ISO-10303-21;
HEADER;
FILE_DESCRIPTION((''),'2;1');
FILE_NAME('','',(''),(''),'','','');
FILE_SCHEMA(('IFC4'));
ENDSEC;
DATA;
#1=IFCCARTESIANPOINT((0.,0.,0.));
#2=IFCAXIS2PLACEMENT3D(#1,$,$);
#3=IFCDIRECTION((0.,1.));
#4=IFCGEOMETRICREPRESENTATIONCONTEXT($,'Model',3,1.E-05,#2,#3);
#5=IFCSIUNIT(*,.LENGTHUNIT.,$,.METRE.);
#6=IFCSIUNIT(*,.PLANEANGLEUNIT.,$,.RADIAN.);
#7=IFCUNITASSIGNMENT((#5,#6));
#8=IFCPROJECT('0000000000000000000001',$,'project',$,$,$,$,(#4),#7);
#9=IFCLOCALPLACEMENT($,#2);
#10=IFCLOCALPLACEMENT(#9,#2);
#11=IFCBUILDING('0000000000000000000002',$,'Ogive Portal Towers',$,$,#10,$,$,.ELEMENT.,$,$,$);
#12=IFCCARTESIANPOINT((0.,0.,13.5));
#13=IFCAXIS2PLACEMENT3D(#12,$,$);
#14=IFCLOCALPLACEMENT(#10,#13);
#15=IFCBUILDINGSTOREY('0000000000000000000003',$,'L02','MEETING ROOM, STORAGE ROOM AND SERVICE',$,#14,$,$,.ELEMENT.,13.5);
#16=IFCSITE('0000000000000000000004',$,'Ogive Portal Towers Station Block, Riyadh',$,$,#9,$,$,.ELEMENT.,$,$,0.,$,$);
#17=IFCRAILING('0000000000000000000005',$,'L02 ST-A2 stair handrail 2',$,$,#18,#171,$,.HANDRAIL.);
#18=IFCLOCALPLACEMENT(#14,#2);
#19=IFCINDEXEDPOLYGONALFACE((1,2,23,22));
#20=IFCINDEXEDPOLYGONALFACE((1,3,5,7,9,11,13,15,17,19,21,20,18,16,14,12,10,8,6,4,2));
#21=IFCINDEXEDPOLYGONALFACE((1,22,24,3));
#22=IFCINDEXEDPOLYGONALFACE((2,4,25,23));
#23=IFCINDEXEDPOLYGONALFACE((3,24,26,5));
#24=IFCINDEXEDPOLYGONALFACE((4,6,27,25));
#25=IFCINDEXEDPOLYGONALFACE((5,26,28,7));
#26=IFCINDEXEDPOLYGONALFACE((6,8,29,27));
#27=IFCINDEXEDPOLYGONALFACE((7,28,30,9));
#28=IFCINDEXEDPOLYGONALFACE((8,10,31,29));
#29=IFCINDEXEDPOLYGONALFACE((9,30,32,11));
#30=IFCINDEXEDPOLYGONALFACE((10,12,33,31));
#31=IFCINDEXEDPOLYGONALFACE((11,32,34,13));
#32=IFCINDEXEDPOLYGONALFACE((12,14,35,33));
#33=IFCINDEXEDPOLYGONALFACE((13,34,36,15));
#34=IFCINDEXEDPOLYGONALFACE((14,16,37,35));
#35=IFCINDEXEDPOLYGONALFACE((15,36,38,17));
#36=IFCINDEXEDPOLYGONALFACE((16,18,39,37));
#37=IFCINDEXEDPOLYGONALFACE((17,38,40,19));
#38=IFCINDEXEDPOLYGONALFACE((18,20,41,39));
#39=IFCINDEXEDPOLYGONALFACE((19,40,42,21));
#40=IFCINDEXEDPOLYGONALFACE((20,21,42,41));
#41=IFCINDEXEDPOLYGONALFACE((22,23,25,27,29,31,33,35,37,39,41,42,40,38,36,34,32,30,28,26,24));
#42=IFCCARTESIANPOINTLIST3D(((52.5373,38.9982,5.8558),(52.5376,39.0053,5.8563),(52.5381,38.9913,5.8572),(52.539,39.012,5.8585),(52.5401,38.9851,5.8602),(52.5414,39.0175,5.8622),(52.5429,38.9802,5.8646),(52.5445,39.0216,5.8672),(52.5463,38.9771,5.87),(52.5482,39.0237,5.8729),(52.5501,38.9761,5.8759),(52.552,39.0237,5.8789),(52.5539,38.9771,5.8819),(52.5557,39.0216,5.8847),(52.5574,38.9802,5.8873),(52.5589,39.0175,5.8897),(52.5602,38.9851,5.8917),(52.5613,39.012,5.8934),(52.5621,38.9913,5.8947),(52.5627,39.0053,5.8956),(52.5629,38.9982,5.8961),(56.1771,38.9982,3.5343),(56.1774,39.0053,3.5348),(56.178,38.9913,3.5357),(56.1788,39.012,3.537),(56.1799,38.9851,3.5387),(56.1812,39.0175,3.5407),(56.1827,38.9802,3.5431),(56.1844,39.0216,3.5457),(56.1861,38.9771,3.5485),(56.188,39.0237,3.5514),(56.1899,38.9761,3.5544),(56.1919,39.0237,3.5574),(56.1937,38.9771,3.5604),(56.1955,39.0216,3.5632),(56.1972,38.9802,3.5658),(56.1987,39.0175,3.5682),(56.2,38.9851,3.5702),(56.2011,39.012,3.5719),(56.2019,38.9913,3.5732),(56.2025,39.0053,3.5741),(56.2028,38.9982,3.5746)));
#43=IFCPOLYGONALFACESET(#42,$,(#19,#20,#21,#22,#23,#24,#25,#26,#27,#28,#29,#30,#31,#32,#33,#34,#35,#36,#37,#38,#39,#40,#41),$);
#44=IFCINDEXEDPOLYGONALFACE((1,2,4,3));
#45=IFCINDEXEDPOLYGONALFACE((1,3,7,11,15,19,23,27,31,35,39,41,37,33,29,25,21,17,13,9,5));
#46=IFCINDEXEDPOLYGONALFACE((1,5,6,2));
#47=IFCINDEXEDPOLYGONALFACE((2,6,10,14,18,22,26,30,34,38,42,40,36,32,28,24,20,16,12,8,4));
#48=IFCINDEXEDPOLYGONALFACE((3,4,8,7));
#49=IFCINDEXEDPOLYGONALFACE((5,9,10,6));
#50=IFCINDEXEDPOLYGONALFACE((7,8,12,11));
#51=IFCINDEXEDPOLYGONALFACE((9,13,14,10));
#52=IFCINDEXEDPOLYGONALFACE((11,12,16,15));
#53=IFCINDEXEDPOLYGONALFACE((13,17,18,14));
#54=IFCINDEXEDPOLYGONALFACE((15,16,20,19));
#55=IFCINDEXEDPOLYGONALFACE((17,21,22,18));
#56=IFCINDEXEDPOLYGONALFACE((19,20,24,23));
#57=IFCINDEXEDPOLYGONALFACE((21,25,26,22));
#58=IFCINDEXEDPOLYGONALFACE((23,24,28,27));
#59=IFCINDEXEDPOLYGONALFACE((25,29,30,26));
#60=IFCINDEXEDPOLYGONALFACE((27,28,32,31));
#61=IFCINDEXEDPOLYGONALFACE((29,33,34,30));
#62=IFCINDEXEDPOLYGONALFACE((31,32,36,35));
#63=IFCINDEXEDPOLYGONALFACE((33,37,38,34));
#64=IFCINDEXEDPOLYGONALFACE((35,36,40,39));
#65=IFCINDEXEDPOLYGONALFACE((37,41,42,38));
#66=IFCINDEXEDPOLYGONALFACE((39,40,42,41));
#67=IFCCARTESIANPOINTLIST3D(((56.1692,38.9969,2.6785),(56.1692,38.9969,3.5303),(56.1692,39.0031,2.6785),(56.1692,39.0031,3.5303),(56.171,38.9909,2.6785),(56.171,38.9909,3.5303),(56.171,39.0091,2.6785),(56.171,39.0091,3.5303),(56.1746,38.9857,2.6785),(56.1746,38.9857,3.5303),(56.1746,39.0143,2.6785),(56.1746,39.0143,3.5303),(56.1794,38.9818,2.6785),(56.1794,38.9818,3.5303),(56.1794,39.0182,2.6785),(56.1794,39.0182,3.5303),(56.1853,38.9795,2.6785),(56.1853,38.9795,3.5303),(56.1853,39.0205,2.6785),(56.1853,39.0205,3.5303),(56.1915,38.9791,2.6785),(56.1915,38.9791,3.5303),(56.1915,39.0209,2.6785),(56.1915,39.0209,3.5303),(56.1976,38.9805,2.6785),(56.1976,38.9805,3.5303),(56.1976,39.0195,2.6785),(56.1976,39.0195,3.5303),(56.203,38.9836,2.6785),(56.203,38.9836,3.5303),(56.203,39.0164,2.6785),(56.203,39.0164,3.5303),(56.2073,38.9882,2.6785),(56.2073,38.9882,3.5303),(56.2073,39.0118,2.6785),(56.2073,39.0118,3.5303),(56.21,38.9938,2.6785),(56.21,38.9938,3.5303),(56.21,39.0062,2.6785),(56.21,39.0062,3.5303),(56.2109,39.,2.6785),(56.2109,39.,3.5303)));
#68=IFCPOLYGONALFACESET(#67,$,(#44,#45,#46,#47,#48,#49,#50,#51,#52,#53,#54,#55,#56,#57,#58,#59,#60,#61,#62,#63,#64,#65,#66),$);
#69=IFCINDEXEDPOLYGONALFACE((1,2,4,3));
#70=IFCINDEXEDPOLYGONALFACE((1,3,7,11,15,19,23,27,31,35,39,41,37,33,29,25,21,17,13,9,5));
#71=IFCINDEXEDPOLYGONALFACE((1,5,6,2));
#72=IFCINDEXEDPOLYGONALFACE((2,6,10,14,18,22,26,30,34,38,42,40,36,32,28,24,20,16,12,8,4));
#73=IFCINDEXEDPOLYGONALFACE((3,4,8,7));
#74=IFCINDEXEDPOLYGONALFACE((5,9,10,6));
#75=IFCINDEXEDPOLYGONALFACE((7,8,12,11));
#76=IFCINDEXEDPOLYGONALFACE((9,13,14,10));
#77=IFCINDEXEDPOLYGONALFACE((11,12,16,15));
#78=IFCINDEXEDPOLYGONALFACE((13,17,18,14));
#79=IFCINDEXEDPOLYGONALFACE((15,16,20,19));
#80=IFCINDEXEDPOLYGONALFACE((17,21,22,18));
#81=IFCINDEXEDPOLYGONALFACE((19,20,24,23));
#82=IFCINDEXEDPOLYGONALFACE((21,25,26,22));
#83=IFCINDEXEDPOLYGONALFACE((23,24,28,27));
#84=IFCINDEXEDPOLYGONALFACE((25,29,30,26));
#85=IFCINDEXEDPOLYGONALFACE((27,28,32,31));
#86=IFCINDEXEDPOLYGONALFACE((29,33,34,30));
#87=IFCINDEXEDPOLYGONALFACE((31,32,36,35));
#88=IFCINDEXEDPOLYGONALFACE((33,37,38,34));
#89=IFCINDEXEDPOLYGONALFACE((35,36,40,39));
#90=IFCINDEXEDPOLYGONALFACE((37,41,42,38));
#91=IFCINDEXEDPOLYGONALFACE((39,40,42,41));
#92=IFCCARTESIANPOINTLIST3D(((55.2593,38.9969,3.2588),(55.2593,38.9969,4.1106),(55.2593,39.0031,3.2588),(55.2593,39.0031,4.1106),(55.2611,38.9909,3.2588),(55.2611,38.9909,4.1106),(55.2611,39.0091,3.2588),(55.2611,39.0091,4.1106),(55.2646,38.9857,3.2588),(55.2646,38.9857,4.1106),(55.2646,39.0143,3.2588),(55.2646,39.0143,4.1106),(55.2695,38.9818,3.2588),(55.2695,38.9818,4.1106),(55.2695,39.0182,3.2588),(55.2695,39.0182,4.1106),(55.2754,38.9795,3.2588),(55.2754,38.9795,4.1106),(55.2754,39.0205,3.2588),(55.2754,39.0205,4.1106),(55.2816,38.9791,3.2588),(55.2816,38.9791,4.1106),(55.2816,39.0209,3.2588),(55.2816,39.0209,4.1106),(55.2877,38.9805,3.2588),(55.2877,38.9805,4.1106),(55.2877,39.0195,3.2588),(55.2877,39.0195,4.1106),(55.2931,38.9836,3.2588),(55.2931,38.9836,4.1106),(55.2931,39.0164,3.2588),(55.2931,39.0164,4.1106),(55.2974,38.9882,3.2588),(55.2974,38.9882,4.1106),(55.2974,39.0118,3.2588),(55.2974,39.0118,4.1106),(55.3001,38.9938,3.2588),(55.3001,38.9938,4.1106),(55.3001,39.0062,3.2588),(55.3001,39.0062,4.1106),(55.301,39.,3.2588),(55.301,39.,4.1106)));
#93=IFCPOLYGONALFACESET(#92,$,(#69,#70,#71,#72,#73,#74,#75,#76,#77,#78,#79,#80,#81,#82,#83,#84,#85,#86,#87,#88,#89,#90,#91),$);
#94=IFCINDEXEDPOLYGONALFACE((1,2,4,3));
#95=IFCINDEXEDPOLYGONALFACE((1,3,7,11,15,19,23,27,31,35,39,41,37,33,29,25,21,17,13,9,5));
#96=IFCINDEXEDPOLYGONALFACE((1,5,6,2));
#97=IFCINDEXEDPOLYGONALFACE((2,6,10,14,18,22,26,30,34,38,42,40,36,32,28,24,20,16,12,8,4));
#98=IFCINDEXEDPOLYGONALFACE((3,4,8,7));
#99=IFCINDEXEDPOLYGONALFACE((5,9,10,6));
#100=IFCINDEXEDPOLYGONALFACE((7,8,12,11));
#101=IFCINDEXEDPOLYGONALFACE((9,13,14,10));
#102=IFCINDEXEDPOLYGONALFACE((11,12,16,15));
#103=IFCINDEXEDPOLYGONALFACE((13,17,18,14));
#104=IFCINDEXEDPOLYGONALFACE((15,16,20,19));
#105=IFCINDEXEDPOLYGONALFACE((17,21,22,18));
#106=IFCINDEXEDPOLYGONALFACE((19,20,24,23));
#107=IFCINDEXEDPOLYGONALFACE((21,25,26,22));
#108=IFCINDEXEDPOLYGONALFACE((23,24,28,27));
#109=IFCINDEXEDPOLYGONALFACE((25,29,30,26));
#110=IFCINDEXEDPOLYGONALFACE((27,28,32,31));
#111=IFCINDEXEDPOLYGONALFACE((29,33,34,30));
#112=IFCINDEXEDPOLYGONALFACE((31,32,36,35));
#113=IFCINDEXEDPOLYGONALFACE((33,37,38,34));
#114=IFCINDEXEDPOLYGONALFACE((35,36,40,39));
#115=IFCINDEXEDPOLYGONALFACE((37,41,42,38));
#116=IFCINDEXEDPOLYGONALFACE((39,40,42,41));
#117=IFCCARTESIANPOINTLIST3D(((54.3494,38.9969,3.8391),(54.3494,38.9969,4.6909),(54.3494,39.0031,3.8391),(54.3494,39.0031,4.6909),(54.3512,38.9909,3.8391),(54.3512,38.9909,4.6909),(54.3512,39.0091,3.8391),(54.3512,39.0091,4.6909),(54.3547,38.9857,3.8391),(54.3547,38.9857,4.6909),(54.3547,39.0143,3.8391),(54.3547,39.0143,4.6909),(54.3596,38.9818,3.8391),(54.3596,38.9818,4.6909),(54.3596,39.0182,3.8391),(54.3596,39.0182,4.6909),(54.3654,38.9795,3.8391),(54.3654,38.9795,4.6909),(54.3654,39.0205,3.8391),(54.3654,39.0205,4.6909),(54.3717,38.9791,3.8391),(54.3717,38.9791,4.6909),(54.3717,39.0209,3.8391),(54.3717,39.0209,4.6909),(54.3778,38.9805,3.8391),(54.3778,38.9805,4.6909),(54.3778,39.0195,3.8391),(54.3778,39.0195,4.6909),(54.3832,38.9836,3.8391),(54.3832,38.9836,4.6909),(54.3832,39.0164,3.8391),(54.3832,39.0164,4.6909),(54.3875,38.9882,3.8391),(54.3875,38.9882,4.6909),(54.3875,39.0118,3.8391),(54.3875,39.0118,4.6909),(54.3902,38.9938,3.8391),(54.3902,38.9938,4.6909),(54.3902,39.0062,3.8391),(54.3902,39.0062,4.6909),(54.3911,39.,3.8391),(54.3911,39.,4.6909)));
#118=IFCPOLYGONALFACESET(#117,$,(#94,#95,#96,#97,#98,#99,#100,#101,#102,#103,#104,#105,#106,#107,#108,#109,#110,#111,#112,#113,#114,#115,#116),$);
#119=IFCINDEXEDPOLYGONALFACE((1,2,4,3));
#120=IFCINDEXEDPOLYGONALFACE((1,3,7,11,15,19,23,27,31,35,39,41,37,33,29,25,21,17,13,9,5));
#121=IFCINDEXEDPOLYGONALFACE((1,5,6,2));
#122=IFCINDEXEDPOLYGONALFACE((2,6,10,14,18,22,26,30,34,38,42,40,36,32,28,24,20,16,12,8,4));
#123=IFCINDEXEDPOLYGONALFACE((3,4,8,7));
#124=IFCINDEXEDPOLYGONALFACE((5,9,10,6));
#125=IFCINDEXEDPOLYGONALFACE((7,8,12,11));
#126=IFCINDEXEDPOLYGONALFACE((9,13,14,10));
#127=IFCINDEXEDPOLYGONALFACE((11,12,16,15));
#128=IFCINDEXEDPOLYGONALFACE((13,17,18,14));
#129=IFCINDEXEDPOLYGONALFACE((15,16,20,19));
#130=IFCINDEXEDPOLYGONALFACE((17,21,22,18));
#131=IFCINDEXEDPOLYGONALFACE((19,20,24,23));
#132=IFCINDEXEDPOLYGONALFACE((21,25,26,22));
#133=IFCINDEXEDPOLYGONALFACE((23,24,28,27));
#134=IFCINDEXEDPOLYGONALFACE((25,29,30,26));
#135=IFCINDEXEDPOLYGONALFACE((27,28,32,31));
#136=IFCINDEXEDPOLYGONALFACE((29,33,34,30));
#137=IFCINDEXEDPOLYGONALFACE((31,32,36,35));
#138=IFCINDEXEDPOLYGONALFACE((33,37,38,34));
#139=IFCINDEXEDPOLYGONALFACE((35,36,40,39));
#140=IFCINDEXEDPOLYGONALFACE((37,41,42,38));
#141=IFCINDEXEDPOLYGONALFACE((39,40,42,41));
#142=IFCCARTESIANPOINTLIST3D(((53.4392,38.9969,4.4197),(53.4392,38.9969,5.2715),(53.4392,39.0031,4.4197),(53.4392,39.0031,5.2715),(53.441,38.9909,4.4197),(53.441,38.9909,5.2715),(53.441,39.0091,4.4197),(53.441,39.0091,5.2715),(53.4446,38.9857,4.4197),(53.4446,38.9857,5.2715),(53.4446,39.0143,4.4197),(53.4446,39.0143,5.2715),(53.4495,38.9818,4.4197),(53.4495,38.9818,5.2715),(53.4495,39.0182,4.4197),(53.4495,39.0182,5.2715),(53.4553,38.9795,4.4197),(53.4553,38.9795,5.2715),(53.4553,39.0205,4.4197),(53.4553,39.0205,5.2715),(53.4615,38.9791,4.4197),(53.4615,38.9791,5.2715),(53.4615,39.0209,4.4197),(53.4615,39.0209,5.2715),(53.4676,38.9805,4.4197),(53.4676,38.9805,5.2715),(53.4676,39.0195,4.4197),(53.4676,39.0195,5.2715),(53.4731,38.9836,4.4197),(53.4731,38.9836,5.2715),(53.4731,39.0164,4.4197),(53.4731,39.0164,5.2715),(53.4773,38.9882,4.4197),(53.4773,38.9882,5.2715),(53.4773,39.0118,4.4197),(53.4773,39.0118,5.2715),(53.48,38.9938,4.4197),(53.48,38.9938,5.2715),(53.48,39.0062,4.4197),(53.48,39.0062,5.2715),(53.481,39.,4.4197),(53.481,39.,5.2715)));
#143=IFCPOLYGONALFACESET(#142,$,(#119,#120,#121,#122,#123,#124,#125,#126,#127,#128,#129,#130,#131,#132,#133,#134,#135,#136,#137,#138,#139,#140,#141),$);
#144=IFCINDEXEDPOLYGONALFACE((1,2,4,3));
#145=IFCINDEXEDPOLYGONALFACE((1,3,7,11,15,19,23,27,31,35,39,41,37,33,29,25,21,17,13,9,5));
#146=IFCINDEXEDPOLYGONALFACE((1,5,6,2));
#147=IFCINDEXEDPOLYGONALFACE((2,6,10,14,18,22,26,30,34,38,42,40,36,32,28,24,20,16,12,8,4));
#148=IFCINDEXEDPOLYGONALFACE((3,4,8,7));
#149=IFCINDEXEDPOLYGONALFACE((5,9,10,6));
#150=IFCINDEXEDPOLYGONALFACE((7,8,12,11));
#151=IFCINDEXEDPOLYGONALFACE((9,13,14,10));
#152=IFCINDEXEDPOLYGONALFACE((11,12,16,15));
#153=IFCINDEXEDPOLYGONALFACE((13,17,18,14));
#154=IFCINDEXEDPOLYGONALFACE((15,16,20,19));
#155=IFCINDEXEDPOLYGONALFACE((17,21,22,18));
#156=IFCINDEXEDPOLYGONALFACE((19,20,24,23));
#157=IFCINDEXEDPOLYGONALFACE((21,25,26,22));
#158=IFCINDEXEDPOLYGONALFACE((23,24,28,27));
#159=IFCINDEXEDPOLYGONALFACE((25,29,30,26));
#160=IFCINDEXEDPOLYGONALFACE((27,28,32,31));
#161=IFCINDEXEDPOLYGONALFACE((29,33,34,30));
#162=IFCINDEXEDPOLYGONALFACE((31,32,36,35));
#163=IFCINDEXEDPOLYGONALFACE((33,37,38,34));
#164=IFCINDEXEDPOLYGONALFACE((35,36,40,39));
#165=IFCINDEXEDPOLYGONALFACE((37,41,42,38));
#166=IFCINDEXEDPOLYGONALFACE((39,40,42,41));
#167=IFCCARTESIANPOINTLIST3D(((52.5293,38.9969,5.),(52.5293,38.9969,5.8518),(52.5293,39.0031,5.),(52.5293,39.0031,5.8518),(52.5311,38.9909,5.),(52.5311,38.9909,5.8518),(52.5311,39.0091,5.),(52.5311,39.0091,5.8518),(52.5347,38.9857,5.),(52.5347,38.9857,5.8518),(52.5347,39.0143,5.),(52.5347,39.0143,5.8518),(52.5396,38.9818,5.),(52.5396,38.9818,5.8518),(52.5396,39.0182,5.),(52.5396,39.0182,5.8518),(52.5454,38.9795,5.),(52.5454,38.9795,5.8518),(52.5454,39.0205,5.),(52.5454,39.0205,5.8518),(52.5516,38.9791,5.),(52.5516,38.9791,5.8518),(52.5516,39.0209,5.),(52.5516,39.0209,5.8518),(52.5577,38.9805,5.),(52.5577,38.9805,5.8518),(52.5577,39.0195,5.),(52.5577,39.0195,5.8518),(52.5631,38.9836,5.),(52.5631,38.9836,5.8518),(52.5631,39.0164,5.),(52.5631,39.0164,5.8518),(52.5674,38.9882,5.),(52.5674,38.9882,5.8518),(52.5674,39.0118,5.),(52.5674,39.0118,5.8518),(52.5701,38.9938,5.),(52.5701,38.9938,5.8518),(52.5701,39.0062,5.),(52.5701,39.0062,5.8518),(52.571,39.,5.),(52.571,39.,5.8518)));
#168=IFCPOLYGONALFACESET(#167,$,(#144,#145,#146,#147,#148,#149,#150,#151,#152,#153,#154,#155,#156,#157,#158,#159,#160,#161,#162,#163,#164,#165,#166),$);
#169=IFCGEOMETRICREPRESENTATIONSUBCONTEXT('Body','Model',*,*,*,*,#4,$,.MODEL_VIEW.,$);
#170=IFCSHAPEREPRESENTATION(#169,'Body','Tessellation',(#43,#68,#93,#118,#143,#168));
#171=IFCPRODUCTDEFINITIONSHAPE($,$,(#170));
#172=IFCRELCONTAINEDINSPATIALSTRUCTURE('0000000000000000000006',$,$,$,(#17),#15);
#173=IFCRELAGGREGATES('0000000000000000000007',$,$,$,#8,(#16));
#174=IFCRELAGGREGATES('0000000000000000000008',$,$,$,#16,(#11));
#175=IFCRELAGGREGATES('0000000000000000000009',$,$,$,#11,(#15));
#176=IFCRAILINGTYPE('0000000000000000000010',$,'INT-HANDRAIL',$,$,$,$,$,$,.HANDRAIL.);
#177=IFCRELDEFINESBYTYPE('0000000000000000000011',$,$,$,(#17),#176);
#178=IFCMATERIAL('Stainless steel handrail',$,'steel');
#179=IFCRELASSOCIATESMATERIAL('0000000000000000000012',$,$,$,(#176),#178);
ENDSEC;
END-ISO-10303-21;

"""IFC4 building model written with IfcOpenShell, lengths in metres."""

from ifc_helpers import new_model, si_unit, direction, frame, origin, origin_2d, place, context, subcontext, project, spatial, circle, extrude, material, type_object, element, save


model = new_model("IFC4")

# Units and contexts
model_context = context("Model", 3, precision=1e-05, world=origin(), true_north=direction((0.0, 1.0)))
body_context = subcontext(model_context, "Body", "Model", "MODEL_VIEW")
ifc_project = project(units=[si_unit("LENGTHUNIT", "METRE"), si_unit("PLANEANGLEUNIT", "RADIAN")], contexts=[model_context])

# Site, building, storey
site_placement = place(None, origin())
site = spatial("IfcSite", under=ifc_project, at=site_placement, Name="Ogive Portal Towers Station Block, Riyadh", CompositionType="ELEMENT", RefElevation=0.0)
building_placement = place(site_placement, origin())
building = spatial("IfcBuilding", under=site, at=building_placement, Name="Ogive Portal Towers", CompositionType="ELEMENT")
storey_placement = place(building_placement, frame((0.0, 0.0, 13.5)))
storey = spatial("IfcBuildingStorey", under=building, at=storey_placement, Name="L02", Description="MEETING ROOM, STORAGE ROOM AND SERVICE", CompositionType="ELEMENT", Elevation=13.5)

# Railing
ifc_material_1 = material(Name="Stainless steel handrail", Category="steel")
railing_type_1 = type_object("IfcRailingType", Name="INT-HANDRAIL", PredefinedType="HANDRAIL", material=ifc_material_1)
railing_1_placement = place(storey_placement, frame((56.1899, 39.0, 2.6785)))
element("IfcRailing", 1, at=railing_1_placement, inside=storey, type_object=railing_type_1, Name="L02 ST-A2 stair handrail 2", PredefinedType="HANDRAIL", context=body_context, shape_type="SweptSolid", body=[
    extrude(circle(Radius=0.0239, at=origin_2d()), frame((0.0, 0.0, 0.876), z_axis=(-0.843112, 0.0, 0.537739), x_axis=(0.0, -1.0, 0.0)), (0.0, 0.0, 1.0), 4.3171),
    extrude(circle(Radius=0.021, at=origin_2d()), origin(), (0.0, 0.0, 1.0), 0.8518),
    extrude(circle(Radius=0.021, at=origin_2d()), frame((-0.9099, 0.0, 0.5803)), (0.0, 0.0, 1.0), 0.8518),
    extrude(circle(Radius=0.021, at=origin_2d()), frame((-1.8198, 0.0, 1.1606)), (0.0, 0.0, 1.0), 0.8518),
    extrude(circle(Radius=0.021, at=origin_2d()), frame((-2.73, 0.0, 1.7412)), (0.0, 0.0, 1.0), 0.8518),
    extrude(circle(Radius=0.021, at=origin_2d()), frame((-3.6399, 0.0, 2.3215)), (0.0, 0.0, 1.0), 0.8518),
])

save(model, "model.ifc")
